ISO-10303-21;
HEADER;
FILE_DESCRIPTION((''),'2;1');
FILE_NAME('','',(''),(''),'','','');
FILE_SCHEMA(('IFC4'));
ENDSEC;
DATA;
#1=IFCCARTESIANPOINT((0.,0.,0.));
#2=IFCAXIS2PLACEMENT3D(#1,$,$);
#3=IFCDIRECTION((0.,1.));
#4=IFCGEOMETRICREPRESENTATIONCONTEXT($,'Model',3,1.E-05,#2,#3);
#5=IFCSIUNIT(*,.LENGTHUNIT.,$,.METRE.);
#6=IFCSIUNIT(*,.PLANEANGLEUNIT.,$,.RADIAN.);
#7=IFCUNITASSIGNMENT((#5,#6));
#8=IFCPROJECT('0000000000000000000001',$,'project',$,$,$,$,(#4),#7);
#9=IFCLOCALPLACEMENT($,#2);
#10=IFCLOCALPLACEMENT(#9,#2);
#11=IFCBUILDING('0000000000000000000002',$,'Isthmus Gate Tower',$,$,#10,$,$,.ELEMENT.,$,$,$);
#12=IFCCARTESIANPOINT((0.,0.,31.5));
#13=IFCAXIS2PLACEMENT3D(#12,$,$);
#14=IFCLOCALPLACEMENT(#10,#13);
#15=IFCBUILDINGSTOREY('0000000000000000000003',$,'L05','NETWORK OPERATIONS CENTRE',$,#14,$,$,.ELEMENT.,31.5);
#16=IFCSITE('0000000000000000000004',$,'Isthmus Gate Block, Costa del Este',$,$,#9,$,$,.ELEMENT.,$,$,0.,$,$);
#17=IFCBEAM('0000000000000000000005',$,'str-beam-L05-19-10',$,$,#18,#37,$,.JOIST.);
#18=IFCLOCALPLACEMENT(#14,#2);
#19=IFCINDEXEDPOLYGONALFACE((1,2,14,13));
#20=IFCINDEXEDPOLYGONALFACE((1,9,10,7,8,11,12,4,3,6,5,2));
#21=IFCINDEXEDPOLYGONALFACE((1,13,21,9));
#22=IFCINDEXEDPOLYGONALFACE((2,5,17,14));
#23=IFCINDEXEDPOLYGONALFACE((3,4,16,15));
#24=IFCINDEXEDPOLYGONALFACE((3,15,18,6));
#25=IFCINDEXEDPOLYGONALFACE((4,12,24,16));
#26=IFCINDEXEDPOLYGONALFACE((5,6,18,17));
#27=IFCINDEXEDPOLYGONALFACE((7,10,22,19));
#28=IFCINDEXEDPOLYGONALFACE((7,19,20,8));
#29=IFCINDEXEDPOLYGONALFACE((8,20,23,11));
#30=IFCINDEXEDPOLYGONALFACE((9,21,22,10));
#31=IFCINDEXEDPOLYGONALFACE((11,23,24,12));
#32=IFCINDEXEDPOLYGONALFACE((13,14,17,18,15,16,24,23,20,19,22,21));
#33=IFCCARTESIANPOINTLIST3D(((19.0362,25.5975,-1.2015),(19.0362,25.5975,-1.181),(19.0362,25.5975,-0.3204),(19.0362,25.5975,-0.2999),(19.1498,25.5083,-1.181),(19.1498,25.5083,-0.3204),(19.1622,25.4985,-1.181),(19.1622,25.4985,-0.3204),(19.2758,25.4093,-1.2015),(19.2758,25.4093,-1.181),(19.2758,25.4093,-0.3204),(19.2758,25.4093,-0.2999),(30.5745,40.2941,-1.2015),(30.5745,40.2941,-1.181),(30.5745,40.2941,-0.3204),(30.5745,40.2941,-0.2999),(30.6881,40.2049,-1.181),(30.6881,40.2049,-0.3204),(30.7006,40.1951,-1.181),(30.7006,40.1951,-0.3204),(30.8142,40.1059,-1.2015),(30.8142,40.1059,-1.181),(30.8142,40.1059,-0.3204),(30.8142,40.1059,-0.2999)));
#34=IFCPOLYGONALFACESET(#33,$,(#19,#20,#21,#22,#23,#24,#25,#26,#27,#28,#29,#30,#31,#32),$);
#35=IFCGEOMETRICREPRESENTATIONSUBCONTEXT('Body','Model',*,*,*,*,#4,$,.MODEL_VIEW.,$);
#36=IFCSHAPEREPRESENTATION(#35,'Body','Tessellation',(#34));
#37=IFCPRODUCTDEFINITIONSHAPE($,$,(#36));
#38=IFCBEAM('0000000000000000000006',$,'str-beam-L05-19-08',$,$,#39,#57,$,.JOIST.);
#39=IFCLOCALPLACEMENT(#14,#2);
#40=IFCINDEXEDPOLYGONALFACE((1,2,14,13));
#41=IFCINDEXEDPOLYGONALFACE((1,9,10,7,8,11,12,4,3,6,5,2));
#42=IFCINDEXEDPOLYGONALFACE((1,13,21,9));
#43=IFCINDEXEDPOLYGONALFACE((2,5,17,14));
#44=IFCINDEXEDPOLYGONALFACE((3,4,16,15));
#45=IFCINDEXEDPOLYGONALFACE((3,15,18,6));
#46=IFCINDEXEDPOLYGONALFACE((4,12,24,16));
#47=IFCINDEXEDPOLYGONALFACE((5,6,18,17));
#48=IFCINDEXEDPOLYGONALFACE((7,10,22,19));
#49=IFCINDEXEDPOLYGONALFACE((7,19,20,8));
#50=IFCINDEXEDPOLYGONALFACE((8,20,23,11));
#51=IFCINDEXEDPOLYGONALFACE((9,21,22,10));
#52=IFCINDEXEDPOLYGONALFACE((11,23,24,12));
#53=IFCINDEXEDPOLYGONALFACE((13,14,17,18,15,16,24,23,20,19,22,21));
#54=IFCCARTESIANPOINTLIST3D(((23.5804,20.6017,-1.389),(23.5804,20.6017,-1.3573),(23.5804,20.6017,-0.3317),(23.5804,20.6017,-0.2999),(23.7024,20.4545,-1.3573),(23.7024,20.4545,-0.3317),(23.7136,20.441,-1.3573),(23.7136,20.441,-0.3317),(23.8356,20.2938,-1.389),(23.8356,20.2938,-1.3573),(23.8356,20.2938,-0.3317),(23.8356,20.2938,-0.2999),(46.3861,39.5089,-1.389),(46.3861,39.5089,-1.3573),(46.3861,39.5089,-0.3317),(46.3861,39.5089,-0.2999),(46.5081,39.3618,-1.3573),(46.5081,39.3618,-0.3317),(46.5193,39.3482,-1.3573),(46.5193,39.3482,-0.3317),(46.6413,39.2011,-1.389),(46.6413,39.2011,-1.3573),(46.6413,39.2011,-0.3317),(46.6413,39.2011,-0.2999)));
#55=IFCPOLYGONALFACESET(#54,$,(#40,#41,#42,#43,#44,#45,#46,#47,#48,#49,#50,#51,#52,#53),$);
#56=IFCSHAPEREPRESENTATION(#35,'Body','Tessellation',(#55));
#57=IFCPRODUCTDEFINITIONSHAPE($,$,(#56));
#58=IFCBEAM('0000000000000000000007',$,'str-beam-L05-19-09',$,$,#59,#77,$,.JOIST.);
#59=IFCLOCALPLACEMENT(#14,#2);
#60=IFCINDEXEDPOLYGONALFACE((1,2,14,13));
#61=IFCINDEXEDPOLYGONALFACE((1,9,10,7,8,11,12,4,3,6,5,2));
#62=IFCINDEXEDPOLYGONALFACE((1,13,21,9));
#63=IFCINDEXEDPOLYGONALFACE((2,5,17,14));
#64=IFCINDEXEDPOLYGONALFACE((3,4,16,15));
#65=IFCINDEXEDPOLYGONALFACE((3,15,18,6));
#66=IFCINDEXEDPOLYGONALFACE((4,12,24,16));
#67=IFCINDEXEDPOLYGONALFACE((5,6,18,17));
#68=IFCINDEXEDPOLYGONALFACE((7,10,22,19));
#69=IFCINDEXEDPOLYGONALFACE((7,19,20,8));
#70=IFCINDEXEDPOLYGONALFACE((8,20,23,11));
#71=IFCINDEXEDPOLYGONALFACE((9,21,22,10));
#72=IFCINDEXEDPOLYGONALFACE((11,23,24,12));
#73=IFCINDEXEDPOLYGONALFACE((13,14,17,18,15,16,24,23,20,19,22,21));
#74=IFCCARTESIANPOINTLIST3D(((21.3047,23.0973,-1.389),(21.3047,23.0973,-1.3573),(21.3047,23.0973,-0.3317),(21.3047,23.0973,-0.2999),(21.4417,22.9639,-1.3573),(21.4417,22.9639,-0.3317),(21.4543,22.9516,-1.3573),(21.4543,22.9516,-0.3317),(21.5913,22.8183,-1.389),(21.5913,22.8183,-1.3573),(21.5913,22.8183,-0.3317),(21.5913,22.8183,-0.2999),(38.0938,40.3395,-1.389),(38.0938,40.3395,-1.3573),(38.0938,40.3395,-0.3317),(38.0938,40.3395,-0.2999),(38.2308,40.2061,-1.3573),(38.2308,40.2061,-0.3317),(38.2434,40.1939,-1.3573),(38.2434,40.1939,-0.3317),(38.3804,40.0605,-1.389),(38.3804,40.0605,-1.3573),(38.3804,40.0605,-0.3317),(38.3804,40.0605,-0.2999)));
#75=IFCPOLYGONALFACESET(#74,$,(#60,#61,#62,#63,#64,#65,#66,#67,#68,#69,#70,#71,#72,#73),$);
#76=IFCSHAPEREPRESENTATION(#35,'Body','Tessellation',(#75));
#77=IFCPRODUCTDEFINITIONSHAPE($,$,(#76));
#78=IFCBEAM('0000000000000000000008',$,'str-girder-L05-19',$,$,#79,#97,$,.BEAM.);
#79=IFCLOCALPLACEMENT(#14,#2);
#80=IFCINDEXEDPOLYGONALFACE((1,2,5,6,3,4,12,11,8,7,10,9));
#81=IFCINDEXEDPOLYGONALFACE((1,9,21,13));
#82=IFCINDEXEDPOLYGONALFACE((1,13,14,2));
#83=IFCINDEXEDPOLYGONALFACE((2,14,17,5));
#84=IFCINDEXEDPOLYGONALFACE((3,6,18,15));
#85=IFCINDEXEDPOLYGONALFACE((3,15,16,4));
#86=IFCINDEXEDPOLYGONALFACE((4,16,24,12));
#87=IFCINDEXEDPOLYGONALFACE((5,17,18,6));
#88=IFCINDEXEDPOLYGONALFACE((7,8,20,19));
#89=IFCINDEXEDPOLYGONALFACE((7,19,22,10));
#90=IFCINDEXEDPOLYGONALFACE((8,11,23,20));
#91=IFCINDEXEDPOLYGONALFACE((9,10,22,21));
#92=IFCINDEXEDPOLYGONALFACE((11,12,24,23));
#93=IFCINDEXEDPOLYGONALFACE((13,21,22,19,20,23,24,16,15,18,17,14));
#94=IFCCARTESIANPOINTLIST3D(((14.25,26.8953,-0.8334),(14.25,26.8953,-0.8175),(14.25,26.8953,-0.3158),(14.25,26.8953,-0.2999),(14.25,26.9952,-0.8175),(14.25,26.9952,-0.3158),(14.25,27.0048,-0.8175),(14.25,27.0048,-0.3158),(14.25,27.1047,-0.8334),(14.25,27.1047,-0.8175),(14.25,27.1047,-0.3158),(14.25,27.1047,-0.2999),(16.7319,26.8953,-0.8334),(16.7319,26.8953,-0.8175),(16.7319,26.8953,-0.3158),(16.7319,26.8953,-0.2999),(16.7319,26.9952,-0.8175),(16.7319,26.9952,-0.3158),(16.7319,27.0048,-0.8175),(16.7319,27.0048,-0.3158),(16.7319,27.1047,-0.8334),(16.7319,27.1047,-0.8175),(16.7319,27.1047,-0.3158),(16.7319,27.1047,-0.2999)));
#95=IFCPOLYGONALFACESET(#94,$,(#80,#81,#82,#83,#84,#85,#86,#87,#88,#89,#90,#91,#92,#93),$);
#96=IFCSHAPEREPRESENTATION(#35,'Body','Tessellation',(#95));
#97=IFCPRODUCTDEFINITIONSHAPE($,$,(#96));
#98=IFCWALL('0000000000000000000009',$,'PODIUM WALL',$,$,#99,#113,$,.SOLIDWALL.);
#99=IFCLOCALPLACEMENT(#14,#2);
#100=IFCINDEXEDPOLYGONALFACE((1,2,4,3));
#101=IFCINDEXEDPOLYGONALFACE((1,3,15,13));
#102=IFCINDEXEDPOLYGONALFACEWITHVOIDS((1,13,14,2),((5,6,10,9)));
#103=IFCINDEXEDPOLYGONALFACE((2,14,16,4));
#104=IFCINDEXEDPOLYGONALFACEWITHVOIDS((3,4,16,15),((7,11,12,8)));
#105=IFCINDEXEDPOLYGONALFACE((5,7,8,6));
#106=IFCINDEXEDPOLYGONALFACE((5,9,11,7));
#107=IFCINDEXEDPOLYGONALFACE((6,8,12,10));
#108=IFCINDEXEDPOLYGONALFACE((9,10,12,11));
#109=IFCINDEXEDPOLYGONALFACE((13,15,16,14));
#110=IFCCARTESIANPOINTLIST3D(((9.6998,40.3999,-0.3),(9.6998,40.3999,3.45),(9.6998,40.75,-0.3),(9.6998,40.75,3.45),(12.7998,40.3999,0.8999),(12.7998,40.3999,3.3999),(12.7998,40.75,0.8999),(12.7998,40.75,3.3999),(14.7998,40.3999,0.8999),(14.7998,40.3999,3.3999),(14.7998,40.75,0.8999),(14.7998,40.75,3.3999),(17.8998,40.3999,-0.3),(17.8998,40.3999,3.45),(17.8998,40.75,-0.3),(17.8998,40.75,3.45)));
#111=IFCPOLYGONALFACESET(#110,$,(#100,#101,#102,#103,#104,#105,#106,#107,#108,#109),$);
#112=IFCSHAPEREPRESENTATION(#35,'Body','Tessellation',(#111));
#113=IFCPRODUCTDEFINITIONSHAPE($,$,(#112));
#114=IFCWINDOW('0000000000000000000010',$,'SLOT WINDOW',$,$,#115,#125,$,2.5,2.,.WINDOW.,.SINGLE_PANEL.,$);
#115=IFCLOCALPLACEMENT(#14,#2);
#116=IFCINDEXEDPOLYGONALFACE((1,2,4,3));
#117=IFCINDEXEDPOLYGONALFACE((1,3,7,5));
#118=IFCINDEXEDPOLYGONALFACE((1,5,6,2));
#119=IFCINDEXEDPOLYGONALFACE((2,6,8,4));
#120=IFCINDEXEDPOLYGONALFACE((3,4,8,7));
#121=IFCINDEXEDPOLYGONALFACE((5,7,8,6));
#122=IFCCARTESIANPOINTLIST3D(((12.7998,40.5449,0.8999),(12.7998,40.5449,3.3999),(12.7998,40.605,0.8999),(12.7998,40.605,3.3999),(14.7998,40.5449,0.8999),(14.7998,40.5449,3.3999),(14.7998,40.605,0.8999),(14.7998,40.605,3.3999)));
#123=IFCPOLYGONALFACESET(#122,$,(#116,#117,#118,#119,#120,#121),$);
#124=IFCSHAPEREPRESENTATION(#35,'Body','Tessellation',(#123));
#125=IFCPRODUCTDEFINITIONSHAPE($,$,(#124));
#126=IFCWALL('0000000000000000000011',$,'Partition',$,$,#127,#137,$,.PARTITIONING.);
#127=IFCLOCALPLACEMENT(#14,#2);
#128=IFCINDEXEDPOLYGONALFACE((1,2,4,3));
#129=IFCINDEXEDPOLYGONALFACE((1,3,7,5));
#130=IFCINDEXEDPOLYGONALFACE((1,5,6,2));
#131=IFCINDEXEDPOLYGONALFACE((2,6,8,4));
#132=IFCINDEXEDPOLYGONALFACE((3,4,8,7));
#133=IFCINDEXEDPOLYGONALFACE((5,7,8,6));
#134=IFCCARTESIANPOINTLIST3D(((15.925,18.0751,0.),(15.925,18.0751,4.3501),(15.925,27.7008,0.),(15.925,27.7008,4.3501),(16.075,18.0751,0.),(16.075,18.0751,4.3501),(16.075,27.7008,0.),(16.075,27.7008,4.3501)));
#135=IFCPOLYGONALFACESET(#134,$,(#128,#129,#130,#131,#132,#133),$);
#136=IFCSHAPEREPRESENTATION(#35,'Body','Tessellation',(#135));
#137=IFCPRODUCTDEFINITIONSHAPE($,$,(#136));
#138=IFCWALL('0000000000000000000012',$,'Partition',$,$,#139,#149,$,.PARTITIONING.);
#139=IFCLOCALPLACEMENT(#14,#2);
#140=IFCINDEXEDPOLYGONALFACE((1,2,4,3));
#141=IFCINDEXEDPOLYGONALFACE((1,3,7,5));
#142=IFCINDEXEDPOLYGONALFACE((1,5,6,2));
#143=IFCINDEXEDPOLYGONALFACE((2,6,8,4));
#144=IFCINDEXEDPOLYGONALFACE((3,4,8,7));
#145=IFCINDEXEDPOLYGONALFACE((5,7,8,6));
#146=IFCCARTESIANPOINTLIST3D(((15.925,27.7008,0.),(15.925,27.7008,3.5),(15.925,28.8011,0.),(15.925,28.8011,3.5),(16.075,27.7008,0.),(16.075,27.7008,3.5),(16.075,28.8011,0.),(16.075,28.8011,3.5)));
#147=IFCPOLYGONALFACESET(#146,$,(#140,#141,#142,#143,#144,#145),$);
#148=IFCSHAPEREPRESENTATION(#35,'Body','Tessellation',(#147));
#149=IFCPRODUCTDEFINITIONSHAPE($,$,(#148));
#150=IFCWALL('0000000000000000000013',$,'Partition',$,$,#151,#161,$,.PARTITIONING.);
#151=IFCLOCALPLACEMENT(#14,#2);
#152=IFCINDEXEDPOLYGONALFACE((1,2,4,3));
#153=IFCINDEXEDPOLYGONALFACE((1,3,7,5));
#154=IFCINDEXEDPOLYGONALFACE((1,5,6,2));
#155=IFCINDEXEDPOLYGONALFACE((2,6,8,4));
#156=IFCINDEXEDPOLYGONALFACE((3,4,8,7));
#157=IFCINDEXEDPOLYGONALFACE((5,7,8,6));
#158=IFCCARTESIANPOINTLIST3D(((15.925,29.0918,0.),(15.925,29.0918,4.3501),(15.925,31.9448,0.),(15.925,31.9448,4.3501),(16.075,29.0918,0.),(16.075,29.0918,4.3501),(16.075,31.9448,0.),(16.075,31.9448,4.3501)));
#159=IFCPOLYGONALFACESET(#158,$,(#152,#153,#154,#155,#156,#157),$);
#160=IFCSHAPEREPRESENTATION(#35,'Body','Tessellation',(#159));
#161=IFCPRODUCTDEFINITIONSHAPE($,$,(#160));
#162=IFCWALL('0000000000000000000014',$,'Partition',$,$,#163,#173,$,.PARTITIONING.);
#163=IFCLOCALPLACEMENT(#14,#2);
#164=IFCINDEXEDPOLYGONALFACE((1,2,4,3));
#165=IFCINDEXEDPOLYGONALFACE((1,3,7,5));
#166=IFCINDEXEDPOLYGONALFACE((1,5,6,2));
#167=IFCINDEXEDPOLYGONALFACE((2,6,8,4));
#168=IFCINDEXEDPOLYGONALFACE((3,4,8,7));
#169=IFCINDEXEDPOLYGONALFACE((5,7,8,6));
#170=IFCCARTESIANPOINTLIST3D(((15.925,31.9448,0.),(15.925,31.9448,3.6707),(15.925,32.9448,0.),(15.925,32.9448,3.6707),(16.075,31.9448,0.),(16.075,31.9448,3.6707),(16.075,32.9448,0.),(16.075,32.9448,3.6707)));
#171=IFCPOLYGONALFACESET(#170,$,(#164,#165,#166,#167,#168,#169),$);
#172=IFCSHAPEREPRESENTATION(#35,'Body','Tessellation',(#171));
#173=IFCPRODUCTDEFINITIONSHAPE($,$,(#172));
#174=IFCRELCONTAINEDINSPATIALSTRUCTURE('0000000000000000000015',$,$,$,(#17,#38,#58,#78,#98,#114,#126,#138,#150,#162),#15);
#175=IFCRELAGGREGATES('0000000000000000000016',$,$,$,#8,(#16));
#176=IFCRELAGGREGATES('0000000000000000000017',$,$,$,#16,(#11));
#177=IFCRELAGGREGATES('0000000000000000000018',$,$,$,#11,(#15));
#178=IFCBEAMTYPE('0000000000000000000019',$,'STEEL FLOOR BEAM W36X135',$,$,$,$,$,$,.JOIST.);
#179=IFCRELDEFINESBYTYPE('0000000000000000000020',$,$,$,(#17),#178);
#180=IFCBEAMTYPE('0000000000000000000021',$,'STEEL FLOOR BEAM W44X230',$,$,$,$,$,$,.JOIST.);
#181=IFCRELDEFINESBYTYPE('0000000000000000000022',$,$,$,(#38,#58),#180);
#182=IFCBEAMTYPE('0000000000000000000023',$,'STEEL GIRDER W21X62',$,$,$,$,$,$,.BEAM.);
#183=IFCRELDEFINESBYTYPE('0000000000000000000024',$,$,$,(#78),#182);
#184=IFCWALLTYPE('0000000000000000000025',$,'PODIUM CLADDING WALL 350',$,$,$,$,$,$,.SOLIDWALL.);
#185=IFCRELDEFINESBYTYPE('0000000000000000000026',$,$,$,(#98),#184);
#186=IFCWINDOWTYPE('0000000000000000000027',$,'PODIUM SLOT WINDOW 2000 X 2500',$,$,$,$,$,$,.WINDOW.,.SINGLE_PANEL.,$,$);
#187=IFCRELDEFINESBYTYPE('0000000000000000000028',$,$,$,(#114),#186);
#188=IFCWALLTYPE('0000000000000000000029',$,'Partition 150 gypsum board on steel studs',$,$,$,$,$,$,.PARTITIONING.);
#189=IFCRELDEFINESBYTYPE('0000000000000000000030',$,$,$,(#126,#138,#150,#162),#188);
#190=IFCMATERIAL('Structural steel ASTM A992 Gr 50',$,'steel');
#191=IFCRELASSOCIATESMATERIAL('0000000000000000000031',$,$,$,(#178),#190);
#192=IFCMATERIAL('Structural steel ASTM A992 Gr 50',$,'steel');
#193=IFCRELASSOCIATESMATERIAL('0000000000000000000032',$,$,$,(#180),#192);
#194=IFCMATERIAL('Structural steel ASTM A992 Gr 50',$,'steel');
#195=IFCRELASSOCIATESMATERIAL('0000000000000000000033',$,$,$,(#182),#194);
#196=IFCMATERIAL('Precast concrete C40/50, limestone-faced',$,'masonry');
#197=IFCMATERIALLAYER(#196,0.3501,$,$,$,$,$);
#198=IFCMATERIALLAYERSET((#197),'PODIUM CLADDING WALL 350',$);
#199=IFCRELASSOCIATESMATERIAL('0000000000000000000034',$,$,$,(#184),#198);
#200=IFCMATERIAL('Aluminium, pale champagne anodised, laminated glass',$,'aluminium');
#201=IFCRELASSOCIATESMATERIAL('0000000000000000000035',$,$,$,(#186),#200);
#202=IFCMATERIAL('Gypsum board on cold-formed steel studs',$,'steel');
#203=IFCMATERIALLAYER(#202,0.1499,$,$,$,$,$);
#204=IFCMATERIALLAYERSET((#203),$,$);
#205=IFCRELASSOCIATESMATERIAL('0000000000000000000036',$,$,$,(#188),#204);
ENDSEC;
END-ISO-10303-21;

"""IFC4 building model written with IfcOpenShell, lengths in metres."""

from ifc_helpers import new_model, si_unit, direction, frame, frame_2d, origin, origin_2d, place, context, subcontext, project, spatial, rectangle, i_section, extrude, material, layer, layer_set, material_profile, profile_set, type_object, element, fill, save


model = new_model("IFC4")

# Units and contexts
model_context = context("Model", 3, precision=1e-05, world=origin(), true_north=direction((0.0, 1.0)))
body_context = subcontext(model_context, "Body", "Model", "MODEL_VIEW")
ifc_project = project(units=[si_unit("LENGTHUNIT", "METRE"), si_unit("PLANEANGLEUNIT", "RADIAN")], contexts=[model_context])

# Site, building, storey
site_placement = place(None, origin())
site = spatial("IfcSite", under=ifc_project, at=site_placement, Name="Isthmus Gate Block, Costa del Este", CompositionType="ELEMENT", RefElevation=0.0)
building_placement = place(site_placement, origin())
building = spatial("IfcBuilding", under=site, at=building_placement, Name="Isthmus Gate Tower", CompositionType="ELEMENT")
storey_placement = place(building_placement, frame((0.0, 0.0, 31.5)))
storey = spatial("IfcBuildingStorey", under=building, at=storey_placement, Name="L05", Description="NETWORK OPERATIONS CENTRE", CompositionType="ELEMENT", Elevation=31.5)

# Beams
ifc_material_1 = material(Name="Structural steel ASTM A992 Gr 50", Category="steel")
ifc_material_profile_1 = material_profile(ifc_material_1, i_section(OverallWidth=0.3047, OverallDepth=0.9016, WebThickness=0.0159, FlangeThickness=0.0205, at=origin_2d()), Name="W36X135")
ifc_profile_set_1 = profile_set([ifc_material_profile_1], Name="Structural steel ASTM A992 Gr 50")
beam_type_1 = type_object("IfcBeamType", Name="STEEL FLOOR BEAM W36X135", PredefinedType="JOIST", material=ifc_profile_set_1)
beam_1_placement = place(storey_placement, frame((19.156, 25.5034, -0.7507), z_axis=(0.617525, 0.786551, 0.0), x_axis=(-0.786551, 0.617525, 0.0)))
element("IfcBeam", 1, at=beam_1_placement, inside=storey, type_object=beam_type_1, Name="str-beam-L05-19-10", PredefinedType="JOIST", context=body_context, shape_type="SweptSolid", body=[
    extrude(i_section(OverallWidth=0.3047, OverallDepth=0.9016, WebThickness=0.0159, FlangeThickness=0.0205, at=origin_2d()), origin(), (0.0, 0.0, 1.0), 18.6848),
])
ifc_material_2 = material(Name="Structural steel ASTM A992 Gr 50", Category="steel")
ifc_material_profile_2 = material_profile(ifc_material_2, i_section(OverallWidth=0.3999, OverallDepth=1.0891, WebThickness=0.0176, FlangeThickness=0.0317, at=origin_2d()), Name="W44X230")
ifc_profile_set_2 = profile_set([ifc_material_profile_2], Name="Structural steel ASTM A992 Gr 50")
beam_type_2 = type_object("IfcBeamType", Name="STEEL FLOOR BEAM W44X230", PredefinedType="JOIST", material=ifc_profile_set_2)
beam_2_placement = place(storey_placement, frame((23.708, 20.4478, -0.8445), z_axis=(0.769837, 0.63824, 0.0), x_axis=(-0.63824, 0.769837, 0.0)))
element("IfcBeam", 2, at=beam_2_placement, inside=storey, type_object=beam_type_2, Name="str-beam-L05-19-08", PredefinedType="JOIST", context=body_context, shape_type="SweptSolid", body=[
    extrude(i_section(OverallWidth=0.3999, OverallDepth=1.0891, WebThickness=0.0176, FlangeThickness=0.0317, at=origin_2d()), origin(), (0.0, 0.0, 1.0), 29.624),
])
beam_3_placement = place(storey_placement, frame((21.448, 22.9578, -0.8445), z_axis=(0.69763, 0.716458, 0.0), x_axis=(-0.716458, 0.69763, 0.0)))
element("IfcBeam", 3, at=beam_3_placement, inside=storey, type_object=beam_type_2, Name="str-beam-L05-19-09", PredefinedType="JOIST", context=body_context, shape_type="SweptSolid", body=[
    extrude(i_section(OverallWidth=0.3999, OverallDepth=1.0891, WebThickness=0.0176, FlangeThickness=0.0317, at=origin_2d()), origin(), (0.0, 0.0, 1.0), 24.0659),
])
ifc_material_3 = material(Name="Structural steel ASTM A992 Gr 50", Category="steel")
ifc_material_profile_3 = material_profile(ifc_material_3, i_section(OverallWidth=0.2095, OverallDepth=0.5334, WebThickness=0.0095, FlangeThickness=0.0159, at=origin_2d()), Name="W21X62")
ifc_profile_set_3 = profile_set([ifc_material_profile_3], Name="Structural steel ASTM A992 Gr 50")
beam_type_3 = type_object("IfcBeamType", Name="STEEL GIRDER W21X62", PredefinedType="BEAM", material=ifc_profile_set_3)
beam_4_placement = place(storey_placement, frame((14.25, 27.0, -0.5667), z_axis=(1.0, 0.0, 0.0), x_axis=(0.0, 1.0, 0.0)))
element("IfcBeam", 4, at=beam_4_placement, inside=storey, type_object=beam_type_3, Name="str-girder-L05-19", PredefinedType="BEAM", context=body_context, shape_type="SweptSolid", body=[
    extrude(i_section(OverallWidth=0.2095, OverallDepth=0.5334, WebThickness=0.0095, FlangeThickness=0.0159, at=origin_2d()), origin(), (0.0, 0.0, 1.0), 2.4819),
])

# Wall, opening, window
ifc_material_4 = material(Name="Precast concrete C40/50, limestone-faced", Category="masonry")
ifc_layer_1 = layer(ifc_material_4, 0.3501)
ifc_layer_set_1 = layer_set([ifc_layer_1], Name="PODIUM CLADDING WALL 350")
wall_type_1 = type_object("IfcWallType", Name="PODIUM CLADDING WALL 350", PredefinedType="SOLIDWALL", material=ifc_layer_set_1)
wall_1_placement = place(storey_placement, frame((17.8999, 40.575, -0.3), z_axis=(0.0, 0.0, 1.0), x_axis=(-1.0, 0.0, 0.0)))
wall_1 = element("IfcWall", 5, at=wall_1_placement, inside=storey, type_object=wall_type_1, Name="PODIUM WALL", PredefinedType="SOLIDWALL", context=body_context, shape_type="SweptSolid", body=[
    extrude(rectangle(XDim=8.2, YDim=0.3501, at=frame_2d((4.1001, 0.0))), origin(), (0.0, 0.0, 1.0), 3.75),
])
opening_placement = place(wall_1_placement, frame((3.1001, 0.0, 1.2)))
opening = element("IfcOpeningElement", 6, at=opening_placement, cuts=wall_1, PredefinedType="OPENING", context=body_context, shape_type="SweptSolid", body=[
    extrude(rectangle(XDim=2.0, YDim=2.5, at=frame_2d((1.0, 1.25))), frame((0.0, 0.1851, 0.0), z_axis=(0.0, -1.0, 0.0), x_axis=(1.0, 0.0, 0.0)), (0.0, 0.0, 1.0), 0.3701),
])
ifc_material_5 = material(Name="Aluminium, pale champagne anodised, laminated glass", Category="aluminium")
window_type = type_object("IfcWindowType", Name="PODIUM SLOT WINDOW 2000 X 2500", PartitioningType="SINGLE_PANEL", PredefinedType="WINDOW", material=ifc_material_5)
window_placement = place(opening_placement, origin())
window = element("IfcWindow", 7, at=window_placement, inside=storey, type_object=window_type, Name="SLOT WINDOW", OverallHeight=2.5, OverallWidth=2.0, PartitioningType="SINGLE_PANEL", PredefinedType="WINDOW", context=body_context, shape_type="SweptSolid", body=[
    extrude(rectangle(XDim=2.0, YDim=2.5, at=frame_2d((1.0, 1.25))), frame((0.0, 0.03, 0.0), z_axis=(0.0, -1.0, 0.0), x_axis=(1.0, 0.0, 0.0)), (0.0, 0.0, 1.0), 0.0601),
])
fill(opening, window)

# Walls
ifc_material_6 = material(Name="Gypsum board on cold-formed steel studs", Category="steel")
ifc_layer_2 = layer(ifc_material_6, 0.1499)
ifc_layer_set_2 = layer_set([ifc_layer_2])
wall_type_2 = type_object("IfcWallType", Name="Partition 150 gypsum board on steel studs", PredefinedType="PARTITIONING", material=ifc_layer_set_2)
wall_2_placement = place(storey_placement, frame((16.0, 18.075, 0.0), z_axis=(0.0, 0.0, 1.0), x_axis=(0.0, 1.0, 0.0)))
element("IfcWall", 8, at=wall_2_placement, inside=storey, type_object=wall_type_2, Name="Partition", PredefinedType="PARTITIONING", context=body_context, shape_type="SweptSolid", body=[
    extrude(rectangle(XDim=9.6257, YDim=0.1499, at=frame_2d((4.813, 0.0))), origin(), (0.0, 0.0, 1.0), 4.3501),
])
wall_3_placement = place(storey_placement, frame((16.0, 27.7007, 0.0), z_axis=(0.0, 0.0, 1.0), x_axis=(0.0, 1.0, 0.0)))
element("IfcWall", 9, at=wall_3_placement, inside=storey, type_object=wall_type_2, Name="Partition", PredefinedType="PARTITIONING", context=body_context, shape_type="SweptSolid", body=[
    extrude(rectangle(XDim=1.1003, YDim=0.1499, at=frame_2d((0.5503, 0.0))), origin(), (0.0, 0.0, 1.0), 3.5),
])
wall_4_placement = place(storey_placement, frame((16.0, 29.0918, 0.0), z_axis=(0.0, 0.0, 1.0), x_axis=(0.0, 1.0, 0.0)))
element("IfcWall", 10, at=wall_4_placement, inside=storey, type_object=wall_type_2, Name="Partition", PredefinedType="PARTITIONING", context=body_context, shape_type="SweptSolid", body=[
    extrude(rectangle(XDim=2.853, YDim=0.1499, at=frame_2d((1.4265, 0.0))), origin(), (0.0, 0.0, 1.0), 4.3501),
])
wall_5_placement = place(storey_placement, frame((16.0, 31.9448, 0.0), z_axis=(0.0, 0.0, 1.0), x_axis=(0.0, 1.0, 0.0)))
element("IfcWall", 11, at=wall_5_placement, inside=storey, type_object=wall_type_2, Name="Partition", PredefinedType="PARTITIONING", context=body_context, shape_type="SweptSolid", body=[
    extrude(rectangle(XDim=1.0, YDim=0.1499, at=frame_2d((0.5, 0.0))), origin(), (0.0, 0.0, 1.0), 3.6707),
])

save(model, "model.ifc")
